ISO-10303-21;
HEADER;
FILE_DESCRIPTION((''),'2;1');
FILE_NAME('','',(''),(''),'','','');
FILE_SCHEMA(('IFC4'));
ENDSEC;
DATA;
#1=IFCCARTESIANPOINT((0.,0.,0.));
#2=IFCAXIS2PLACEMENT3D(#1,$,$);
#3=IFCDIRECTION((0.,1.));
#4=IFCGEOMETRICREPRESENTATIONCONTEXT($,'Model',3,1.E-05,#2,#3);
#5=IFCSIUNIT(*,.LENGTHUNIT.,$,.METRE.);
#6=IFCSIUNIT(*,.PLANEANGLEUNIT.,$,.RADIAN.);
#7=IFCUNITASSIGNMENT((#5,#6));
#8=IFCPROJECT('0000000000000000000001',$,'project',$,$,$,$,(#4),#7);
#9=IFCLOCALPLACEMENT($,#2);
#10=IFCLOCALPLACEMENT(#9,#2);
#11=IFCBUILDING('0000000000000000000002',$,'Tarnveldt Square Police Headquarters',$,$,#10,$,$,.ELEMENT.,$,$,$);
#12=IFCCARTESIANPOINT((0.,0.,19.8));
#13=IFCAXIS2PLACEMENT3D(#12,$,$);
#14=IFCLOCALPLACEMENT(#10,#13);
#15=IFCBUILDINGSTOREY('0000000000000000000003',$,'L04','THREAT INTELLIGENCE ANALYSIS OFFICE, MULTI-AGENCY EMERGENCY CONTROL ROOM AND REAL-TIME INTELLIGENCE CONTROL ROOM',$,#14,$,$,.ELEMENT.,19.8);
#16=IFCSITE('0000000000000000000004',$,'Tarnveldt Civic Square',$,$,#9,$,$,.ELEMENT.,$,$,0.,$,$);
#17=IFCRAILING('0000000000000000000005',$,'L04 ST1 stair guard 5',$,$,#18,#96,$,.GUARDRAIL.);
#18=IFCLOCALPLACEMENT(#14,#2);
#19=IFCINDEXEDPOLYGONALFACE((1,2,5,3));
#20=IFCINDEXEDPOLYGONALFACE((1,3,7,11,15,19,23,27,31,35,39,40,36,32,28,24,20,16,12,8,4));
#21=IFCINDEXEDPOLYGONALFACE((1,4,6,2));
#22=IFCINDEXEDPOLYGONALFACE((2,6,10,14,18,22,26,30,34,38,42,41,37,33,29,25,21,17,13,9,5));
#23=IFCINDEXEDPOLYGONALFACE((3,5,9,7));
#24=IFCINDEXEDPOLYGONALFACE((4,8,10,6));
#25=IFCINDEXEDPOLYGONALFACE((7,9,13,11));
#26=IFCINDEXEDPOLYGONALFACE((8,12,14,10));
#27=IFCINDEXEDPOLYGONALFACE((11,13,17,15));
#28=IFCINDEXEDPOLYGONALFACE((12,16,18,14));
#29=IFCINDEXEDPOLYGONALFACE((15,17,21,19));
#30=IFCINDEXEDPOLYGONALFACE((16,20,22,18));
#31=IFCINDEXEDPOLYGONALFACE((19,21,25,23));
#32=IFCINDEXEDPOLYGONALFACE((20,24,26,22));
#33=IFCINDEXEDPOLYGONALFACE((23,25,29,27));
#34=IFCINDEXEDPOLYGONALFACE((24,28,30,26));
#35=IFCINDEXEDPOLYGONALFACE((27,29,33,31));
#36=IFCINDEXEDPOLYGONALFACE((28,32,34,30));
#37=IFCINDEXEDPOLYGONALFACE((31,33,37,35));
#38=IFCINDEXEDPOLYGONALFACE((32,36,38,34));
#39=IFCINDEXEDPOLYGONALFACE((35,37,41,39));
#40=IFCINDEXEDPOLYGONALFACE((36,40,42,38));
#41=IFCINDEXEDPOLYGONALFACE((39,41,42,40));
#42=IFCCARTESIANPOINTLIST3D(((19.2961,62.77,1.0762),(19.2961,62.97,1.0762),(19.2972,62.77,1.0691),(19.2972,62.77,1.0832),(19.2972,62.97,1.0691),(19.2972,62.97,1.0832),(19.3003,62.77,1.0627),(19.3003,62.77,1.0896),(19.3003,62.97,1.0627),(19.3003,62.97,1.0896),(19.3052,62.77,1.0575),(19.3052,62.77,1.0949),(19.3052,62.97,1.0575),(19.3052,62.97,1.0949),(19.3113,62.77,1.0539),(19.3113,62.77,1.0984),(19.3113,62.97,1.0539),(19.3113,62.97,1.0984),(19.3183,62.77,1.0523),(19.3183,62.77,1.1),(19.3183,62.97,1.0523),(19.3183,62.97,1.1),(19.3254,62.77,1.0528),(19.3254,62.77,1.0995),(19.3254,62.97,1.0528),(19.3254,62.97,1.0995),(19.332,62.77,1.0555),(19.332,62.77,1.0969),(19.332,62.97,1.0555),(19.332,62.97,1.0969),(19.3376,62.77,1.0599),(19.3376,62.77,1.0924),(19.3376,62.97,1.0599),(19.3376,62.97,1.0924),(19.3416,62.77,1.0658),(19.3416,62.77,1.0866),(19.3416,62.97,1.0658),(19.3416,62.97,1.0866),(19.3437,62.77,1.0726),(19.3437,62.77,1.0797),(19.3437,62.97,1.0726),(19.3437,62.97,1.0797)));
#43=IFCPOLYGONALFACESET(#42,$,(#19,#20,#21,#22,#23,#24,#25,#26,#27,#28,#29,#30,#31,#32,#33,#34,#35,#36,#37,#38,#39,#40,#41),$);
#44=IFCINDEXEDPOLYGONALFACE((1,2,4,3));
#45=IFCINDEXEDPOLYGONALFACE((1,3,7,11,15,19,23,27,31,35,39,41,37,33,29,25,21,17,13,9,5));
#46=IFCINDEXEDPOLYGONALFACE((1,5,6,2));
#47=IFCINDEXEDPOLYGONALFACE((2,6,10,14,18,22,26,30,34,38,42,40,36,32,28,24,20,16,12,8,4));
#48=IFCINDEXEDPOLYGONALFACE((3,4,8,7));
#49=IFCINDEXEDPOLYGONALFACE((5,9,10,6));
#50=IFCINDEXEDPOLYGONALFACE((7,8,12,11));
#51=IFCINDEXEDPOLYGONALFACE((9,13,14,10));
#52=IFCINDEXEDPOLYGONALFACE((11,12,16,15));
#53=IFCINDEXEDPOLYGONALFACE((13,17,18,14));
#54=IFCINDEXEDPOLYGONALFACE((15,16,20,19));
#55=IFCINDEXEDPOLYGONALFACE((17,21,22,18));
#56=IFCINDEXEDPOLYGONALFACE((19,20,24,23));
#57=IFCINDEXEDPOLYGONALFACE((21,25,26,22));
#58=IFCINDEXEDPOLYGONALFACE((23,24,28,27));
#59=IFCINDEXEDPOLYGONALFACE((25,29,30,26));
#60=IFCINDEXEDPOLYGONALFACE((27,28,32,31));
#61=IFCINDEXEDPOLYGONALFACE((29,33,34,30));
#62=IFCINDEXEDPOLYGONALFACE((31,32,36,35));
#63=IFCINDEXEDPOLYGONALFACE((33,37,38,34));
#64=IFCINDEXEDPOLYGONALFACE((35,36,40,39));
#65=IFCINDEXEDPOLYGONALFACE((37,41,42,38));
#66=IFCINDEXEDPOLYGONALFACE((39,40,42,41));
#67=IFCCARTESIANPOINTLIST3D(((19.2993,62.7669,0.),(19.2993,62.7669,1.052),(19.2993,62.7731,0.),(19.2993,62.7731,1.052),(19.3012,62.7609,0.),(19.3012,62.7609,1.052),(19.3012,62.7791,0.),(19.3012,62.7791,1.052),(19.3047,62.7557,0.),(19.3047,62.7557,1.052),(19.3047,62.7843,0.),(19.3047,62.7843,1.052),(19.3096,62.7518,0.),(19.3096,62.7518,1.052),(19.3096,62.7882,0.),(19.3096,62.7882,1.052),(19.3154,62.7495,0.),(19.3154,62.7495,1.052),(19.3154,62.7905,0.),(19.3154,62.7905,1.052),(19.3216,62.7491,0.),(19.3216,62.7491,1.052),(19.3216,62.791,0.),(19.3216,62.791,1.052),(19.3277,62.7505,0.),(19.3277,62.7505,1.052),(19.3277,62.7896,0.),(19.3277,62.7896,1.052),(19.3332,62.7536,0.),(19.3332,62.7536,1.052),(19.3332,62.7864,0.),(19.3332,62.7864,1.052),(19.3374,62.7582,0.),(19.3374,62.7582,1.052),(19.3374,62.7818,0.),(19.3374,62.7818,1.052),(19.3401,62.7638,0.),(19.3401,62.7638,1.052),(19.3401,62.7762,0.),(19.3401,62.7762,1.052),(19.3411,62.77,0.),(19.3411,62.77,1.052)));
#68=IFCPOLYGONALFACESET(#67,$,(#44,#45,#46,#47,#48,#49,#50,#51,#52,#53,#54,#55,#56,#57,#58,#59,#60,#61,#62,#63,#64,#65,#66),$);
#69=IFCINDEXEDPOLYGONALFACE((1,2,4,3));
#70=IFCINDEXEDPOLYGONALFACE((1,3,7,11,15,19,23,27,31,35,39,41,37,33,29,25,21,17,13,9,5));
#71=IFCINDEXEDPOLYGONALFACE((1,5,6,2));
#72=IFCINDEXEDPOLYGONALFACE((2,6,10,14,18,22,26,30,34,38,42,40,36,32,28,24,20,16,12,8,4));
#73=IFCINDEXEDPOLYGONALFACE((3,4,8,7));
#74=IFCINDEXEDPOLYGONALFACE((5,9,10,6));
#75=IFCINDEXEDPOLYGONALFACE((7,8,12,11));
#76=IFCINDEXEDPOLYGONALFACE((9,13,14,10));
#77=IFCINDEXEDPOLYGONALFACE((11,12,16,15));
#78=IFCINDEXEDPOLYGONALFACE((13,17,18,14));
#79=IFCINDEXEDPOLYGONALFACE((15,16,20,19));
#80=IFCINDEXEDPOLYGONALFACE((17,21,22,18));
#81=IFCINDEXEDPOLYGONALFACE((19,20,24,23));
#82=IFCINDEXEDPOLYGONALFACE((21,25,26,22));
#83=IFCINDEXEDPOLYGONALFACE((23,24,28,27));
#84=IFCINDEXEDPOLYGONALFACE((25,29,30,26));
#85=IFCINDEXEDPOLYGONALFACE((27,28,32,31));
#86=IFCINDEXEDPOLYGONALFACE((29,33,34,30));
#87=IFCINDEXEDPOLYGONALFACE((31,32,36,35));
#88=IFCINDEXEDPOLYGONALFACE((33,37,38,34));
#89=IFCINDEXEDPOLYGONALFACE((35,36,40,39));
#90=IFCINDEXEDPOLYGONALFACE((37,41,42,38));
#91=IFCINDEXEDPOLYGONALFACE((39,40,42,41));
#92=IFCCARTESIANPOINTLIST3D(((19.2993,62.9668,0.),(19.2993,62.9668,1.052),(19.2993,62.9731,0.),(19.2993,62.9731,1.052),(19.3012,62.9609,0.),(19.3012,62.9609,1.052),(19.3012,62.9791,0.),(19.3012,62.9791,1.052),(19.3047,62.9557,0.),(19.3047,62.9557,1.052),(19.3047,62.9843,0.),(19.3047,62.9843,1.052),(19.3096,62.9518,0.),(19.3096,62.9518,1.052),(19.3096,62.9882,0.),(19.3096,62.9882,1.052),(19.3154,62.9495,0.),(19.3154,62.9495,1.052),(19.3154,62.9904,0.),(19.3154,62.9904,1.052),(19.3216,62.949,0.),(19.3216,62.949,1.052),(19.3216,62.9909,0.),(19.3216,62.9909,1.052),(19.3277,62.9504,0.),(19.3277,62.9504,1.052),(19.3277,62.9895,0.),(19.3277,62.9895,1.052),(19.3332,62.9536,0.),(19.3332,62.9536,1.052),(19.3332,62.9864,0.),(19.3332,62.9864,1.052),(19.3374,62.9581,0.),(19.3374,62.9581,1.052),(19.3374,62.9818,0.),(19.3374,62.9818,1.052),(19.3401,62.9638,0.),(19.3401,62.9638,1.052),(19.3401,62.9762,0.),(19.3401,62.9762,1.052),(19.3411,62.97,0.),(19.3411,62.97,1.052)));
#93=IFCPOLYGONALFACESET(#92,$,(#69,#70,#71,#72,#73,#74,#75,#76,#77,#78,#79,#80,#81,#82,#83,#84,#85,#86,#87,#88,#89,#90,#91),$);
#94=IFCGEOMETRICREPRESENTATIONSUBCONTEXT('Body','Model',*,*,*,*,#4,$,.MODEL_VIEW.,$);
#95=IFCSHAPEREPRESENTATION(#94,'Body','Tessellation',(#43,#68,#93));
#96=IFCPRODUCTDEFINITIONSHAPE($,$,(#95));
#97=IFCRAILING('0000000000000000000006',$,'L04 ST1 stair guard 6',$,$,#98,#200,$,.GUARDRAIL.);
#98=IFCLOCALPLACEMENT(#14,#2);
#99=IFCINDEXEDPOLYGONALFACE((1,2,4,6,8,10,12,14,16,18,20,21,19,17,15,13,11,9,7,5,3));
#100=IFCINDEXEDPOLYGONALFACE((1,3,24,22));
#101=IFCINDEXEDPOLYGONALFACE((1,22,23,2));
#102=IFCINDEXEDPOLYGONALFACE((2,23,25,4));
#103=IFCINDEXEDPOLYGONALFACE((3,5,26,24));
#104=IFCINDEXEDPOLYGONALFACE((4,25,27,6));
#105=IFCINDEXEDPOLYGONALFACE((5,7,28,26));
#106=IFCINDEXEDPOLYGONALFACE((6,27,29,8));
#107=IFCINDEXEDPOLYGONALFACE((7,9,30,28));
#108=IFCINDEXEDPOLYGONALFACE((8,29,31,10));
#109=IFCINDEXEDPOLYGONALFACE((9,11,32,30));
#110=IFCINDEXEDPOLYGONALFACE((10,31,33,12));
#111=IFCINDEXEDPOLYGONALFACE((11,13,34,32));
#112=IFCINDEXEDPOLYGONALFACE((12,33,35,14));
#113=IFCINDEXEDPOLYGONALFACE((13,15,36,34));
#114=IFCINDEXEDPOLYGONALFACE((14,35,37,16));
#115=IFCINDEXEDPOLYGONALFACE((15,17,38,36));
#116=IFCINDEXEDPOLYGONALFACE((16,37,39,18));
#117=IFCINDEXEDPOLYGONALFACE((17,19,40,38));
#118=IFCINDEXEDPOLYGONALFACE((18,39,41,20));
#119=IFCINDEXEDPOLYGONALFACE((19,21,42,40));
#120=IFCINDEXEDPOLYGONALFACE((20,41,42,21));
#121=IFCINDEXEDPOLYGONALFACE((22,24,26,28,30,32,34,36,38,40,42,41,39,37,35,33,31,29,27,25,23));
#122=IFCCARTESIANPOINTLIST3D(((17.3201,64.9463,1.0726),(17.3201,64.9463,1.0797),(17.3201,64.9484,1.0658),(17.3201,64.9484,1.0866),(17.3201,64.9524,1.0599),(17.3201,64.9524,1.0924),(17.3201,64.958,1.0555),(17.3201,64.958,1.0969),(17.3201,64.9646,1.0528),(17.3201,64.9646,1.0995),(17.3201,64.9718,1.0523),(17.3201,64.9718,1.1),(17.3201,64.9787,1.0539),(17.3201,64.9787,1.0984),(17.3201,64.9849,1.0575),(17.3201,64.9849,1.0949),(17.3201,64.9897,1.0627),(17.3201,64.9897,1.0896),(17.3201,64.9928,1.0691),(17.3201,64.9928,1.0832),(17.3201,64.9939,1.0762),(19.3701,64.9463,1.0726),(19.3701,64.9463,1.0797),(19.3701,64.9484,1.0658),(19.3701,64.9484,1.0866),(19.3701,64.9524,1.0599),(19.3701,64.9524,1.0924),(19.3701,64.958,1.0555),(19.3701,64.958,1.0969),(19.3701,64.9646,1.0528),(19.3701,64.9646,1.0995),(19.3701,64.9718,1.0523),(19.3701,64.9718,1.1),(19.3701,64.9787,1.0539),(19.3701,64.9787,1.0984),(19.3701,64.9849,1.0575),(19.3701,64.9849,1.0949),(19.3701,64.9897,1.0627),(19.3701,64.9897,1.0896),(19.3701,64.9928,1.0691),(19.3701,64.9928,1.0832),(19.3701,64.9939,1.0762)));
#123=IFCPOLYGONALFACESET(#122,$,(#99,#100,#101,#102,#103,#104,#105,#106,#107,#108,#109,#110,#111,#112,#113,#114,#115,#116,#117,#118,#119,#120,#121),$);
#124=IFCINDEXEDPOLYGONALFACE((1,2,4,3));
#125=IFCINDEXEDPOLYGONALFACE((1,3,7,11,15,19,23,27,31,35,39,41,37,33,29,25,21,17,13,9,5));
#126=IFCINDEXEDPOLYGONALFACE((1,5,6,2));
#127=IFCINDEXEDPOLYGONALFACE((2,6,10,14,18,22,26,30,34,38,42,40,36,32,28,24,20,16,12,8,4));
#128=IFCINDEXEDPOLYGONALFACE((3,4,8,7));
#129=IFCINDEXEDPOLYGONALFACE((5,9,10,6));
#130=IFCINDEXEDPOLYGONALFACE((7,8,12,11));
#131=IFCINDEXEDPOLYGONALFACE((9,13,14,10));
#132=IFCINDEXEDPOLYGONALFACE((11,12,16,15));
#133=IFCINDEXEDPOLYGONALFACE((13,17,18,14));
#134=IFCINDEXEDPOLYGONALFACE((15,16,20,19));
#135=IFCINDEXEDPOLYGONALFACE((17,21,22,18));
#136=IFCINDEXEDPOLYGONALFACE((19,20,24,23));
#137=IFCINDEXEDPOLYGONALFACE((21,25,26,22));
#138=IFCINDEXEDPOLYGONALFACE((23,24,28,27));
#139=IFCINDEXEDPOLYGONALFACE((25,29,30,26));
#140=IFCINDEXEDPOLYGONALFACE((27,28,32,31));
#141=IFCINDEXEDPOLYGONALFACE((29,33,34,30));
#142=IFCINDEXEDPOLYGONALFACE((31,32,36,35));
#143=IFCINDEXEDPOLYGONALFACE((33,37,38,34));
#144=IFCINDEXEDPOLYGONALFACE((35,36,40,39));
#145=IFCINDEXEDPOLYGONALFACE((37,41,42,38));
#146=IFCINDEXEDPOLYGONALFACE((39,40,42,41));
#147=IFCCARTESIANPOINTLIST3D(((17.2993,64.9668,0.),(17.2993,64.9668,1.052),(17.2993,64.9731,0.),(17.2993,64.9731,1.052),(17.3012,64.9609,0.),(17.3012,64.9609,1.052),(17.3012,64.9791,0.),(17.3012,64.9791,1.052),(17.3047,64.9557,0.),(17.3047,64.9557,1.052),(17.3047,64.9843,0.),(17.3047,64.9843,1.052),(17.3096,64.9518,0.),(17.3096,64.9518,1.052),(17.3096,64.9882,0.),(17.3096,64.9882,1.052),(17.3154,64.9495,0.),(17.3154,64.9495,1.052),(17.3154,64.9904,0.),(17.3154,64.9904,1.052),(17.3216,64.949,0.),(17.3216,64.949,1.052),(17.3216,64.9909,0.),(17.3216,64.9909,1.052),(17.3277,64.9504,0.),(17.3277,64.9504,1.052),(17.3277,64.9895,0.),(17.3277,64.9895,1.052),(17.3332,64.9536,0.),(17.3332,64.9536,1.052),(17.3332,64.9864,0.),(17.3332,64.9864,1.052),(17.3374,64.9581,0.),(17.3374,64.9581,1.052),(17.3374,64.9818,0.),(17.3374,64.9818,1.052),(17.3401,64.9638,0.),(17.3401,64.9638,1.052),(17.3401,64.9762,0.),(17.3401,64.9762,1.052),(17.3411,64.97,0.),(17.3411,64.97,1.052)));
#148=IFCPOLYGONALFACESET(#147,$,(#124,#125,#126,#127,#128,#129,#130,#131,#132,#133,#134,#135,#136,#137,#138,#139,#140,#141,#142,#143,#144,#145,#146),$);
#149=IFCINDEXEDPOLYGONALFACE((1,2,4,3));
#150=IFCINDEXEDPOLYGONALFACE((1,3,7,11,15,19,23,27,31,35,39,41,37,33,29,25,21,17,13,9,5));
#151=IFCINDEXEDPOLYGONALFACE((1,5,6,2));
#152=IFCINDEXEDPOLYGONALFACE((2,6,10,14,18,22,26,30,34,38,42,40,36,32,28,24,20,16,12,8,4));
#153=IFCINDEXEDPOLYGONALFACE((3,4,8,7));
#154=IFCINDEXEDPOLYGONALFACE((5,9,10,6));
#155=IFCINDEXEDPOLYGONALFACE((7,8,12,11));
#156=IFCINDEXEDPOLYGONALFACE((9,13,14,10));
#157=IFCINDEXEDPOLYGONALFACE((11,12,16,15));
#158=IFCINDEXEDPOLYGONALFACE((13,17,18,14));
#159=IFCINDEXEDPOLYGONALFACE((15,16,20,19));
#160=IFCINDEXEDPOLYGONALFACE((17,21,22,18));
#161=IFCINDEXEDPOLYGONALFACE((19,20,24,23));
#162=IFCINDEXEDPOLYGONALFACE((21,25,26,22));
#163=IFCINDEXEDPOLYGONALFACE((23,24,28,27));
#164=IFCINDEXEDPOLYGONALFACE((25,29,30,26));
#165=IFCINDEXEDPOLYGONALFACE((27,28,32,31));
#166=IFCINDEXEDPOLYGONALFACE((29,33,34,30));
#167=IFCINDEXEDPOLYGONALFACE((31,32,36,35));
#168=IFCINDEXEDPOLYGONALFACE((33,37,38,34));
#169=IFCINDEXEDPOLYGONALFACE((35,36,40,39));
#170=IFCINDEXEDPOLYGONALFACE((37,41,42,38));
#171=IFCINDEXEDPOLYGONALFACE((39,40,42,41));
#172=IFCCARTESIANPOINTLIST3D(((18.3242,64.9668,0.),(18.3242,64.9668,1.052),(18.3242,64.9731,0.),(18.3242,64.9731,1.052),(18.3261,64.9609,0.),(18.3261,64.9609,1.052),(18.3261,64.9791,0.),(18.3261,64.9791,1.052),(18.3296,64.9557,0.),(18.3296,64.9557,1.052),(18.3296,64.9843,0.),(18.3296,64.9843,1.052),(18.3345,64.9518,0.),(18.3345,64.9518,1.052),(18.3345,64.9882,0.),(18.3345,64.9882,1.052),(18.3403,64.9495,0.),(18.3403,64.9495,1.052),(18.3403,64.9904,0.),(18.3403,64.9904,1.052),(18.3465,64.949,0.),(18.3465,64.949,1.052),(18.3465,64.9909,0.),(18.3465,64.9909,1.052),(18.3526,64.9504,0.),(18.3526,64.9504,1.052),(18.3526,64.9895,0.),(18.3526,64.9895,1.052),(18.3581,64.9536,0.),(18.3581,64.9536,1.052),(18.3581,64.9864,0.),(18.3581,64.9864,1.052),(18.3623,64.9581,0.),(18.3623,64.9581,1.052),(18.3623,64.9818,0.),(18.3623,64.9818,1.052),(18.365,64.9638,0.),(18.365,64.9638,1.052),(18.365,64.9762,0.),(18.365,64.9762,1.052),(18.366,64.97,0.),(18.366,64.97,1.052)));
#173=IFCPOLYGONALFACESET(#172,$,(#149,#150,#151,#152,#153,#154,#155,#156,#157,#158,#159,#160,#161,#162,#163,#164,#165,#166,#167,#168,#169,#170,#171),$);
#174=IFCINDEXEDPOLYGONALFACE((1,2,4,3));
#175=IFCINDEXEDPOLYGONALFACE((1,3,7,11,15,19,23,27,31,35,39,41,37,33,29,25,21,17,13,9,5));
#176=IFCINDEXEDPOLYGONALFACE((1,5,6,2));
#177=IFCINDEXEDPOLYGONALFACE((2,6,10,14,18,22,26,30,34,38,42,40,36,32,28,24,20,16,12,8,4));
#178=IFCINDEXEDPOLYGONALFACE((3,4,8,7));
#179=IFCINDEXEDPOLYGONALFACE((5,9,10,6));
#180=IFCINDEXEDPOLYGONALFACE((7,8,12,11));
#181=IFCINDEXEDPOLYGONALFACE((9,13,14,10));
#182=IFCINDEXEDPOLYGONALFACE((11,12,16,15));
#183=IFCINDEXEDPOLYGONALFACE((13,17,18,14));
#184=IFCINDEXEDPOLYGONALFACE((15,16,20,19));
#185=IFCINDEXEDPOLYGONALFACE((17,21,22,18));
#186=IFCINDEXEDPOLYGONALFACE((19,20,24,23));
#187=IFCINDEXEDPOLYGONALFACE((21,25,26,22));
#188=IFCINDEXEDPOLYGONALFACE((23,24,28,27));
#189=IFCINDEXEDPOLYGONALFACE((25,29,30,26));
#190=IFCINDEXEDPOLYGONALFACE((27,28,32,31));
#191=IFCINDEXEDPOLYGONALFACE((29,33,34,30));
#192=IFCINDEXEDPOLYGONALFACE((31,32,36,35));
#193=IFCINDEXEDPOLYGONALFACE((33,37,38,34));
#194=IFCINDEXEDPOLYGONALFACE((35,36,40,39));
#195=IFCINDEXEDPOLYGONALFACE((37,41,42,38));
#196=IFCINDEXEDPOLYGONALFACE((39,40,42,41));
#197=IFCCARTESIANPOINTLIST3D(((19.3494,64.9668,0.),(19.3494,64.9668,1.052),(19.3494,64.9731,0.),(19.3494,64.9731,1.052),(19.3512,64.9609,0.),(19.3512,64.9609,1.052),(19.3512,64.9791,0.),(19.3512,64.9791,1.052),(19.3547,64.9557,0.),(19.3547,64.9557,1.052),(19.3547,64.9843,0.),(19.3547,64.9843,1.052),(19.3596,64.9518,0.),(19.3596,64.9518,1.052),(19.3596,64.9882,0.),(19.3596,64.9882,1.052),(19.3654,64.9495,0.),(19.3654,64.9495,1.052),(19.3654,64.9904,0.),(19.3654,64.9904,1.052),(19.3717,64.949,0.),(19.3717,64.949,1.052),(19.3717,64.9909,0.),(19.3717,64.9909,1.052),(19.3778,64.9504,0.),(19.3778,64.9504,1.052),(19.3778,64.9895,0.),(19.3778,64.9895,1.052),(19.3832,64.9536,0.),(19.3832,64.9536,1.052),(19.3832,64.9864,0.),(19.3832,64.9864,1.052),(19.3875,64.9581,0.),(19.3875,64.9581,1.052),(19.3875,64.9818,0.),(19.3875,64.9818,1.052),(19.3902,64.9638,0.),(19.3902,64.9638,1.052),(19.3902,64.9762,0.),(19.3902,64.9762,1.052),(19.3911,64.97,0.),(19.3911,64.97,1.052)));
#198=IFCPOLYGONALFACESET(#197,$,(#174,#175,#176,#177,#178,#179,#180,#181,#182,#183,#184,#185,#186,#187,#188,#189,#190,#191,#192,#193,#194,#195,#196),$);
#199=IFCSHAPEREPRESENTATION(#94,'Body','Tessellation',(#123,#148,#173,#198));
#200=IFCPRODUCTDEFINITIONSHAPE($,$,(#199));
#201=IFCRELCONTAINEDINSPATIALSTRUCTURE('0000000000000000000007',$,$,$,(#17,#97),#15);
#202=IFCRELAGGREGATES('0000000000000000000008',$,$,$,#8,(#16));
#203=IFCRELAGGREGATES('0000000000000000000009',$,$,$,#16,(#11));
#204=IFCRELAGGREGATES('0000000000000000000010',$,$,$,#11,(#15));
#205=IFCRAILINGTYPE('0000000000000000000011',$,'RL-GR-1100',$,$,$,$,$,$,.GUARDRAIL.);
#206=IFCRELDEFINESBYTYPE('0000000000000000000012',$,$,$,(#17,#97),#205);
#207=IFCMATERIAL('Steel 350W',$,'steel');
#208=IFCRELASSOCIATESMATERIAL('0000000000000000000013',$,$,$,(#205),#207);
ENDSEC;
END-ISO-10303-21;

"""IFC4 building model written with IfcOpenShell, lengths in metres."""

from ifc_helpers import new_model, si_unit, direction, frame, origin, origin_2d, place, context, subcontext, project, spatial, circle, extrude, material, type_object, element, save


model = new_model("IFC4")

# Units and contexts
model_context = context("Model", 3, precision=1e-05, world=origin(), true_north=direction((0.0, 1.0)))
body_context = subcontext(model_context, "Body", "Model", "MODEL_VIEW")
ifc_project = project(units=[si_unit("LENGTHUNIT", "METRE"), si_unit("PLANEANGLEUNIT", "RADIAN")], contexts=[model_context])

# Site, building, storey
site_placement = place(None, origin())
site = spatial("IfcSite", under=ifc_project, at=site_placement, Name="Tarnveldt Civic Square", CompositionType="ELEMENT", RefElevation=0.0)
building_placement = place(site_placement, origin())
building = spatial("IfcBuilding", under=site, at=building_placement, Name="Tarnveldt Square Police Headquarters", CompositionType="ELEMENT")
storey_placement = place(building_placement, frame((0.0, 0.0, 19.8)))
storey = spatial("IfcBuildingStorey", under=building, at=storey_placement, Name="L04", Description="THREAT INTELLIGENCE ANALYSIS OFFICE, MULTI-AGENCY EMERGENCY CONTROL ROOM AND REAL-TIME INTELLIGENCE CONTROL ROOM", CompositionType="ELEMENT", Elevation=19.8)

# Shared definitions
ifc_material_1 = material(Name="Steel 350W", Category="steel")

# Railings
railing_type_1 = type_object("IfcRailingType", Name="RL-GR-1100", PredefinedType="GUARDRAIL", material=ifc_material_1)
railing_1_placement = place(storey_placement, frame((19.3201, 62.77, 0.0)))
element("IfcRailing", 1, at=railing_1_placement, inside=storey, type_object=railing_type_1, Name="L04 ST1 stair guard 5", PredefinedType="GUARDRAIL", context=body_context, shape_type="SweptSolid", body=[
    extrude(circle(Radius=0.0239, at=origin_2d()), frame((0.0, 0.0, 1.0762), z_axis=(0.0, 1.0, 0.0), x_axis=(-1.0, 0.0, 0.0)), (0.0, 0.0, 1.0), 0.2),
    extrude(circle(Radius=0.021, at=origin_2d()), origin(), (0.0, 0.0, 1.0), 1.052),
    extrude(circle(Radius=0.021, at=origin_2d()), frame((0.0, 0.2, 0.0)), (0.0, 0.0, 1.0), 1.052),
])
railing_2_placement = place(storey_placement, frame((17.3201, 64.97, 0.0)))
element("IfcRailing", 2, at=railing_2_placement, inside=storey, type_object=railing_type_1, Name="L04 ST1 stair guard 6", PredefinedType="GUARDRAIL", context=body_context, shape_type="SweptSolid", body=[
    extrude(circle(Radius=0.0239, at=origin_2d()), frame((0.0, 0.0, 1.0762), z_axis=(1.0, 0.0, 0.0), x_axis=(0.0, 1.0, 0.0)), (0.0, 0.0, 1.0), 2.05),
    extrude(circle(Radius=0.021, at=origin_2d()), origin(), (0.0, 0.0, 1.0), 1.052),
    extrude(circle(Radius=0.021, at=origin_2d()), frame((1.0249, 0.0, 0.0)), (0.0, 0.0, 1.0), 1.052),
    extrude(circle(Radius=0.021, at=origin_2d()), frame((2.05, 0.0, 0.0)), (0.0, 0.0, 1.0), 1.052),
])

save(model, "model.ifc")
